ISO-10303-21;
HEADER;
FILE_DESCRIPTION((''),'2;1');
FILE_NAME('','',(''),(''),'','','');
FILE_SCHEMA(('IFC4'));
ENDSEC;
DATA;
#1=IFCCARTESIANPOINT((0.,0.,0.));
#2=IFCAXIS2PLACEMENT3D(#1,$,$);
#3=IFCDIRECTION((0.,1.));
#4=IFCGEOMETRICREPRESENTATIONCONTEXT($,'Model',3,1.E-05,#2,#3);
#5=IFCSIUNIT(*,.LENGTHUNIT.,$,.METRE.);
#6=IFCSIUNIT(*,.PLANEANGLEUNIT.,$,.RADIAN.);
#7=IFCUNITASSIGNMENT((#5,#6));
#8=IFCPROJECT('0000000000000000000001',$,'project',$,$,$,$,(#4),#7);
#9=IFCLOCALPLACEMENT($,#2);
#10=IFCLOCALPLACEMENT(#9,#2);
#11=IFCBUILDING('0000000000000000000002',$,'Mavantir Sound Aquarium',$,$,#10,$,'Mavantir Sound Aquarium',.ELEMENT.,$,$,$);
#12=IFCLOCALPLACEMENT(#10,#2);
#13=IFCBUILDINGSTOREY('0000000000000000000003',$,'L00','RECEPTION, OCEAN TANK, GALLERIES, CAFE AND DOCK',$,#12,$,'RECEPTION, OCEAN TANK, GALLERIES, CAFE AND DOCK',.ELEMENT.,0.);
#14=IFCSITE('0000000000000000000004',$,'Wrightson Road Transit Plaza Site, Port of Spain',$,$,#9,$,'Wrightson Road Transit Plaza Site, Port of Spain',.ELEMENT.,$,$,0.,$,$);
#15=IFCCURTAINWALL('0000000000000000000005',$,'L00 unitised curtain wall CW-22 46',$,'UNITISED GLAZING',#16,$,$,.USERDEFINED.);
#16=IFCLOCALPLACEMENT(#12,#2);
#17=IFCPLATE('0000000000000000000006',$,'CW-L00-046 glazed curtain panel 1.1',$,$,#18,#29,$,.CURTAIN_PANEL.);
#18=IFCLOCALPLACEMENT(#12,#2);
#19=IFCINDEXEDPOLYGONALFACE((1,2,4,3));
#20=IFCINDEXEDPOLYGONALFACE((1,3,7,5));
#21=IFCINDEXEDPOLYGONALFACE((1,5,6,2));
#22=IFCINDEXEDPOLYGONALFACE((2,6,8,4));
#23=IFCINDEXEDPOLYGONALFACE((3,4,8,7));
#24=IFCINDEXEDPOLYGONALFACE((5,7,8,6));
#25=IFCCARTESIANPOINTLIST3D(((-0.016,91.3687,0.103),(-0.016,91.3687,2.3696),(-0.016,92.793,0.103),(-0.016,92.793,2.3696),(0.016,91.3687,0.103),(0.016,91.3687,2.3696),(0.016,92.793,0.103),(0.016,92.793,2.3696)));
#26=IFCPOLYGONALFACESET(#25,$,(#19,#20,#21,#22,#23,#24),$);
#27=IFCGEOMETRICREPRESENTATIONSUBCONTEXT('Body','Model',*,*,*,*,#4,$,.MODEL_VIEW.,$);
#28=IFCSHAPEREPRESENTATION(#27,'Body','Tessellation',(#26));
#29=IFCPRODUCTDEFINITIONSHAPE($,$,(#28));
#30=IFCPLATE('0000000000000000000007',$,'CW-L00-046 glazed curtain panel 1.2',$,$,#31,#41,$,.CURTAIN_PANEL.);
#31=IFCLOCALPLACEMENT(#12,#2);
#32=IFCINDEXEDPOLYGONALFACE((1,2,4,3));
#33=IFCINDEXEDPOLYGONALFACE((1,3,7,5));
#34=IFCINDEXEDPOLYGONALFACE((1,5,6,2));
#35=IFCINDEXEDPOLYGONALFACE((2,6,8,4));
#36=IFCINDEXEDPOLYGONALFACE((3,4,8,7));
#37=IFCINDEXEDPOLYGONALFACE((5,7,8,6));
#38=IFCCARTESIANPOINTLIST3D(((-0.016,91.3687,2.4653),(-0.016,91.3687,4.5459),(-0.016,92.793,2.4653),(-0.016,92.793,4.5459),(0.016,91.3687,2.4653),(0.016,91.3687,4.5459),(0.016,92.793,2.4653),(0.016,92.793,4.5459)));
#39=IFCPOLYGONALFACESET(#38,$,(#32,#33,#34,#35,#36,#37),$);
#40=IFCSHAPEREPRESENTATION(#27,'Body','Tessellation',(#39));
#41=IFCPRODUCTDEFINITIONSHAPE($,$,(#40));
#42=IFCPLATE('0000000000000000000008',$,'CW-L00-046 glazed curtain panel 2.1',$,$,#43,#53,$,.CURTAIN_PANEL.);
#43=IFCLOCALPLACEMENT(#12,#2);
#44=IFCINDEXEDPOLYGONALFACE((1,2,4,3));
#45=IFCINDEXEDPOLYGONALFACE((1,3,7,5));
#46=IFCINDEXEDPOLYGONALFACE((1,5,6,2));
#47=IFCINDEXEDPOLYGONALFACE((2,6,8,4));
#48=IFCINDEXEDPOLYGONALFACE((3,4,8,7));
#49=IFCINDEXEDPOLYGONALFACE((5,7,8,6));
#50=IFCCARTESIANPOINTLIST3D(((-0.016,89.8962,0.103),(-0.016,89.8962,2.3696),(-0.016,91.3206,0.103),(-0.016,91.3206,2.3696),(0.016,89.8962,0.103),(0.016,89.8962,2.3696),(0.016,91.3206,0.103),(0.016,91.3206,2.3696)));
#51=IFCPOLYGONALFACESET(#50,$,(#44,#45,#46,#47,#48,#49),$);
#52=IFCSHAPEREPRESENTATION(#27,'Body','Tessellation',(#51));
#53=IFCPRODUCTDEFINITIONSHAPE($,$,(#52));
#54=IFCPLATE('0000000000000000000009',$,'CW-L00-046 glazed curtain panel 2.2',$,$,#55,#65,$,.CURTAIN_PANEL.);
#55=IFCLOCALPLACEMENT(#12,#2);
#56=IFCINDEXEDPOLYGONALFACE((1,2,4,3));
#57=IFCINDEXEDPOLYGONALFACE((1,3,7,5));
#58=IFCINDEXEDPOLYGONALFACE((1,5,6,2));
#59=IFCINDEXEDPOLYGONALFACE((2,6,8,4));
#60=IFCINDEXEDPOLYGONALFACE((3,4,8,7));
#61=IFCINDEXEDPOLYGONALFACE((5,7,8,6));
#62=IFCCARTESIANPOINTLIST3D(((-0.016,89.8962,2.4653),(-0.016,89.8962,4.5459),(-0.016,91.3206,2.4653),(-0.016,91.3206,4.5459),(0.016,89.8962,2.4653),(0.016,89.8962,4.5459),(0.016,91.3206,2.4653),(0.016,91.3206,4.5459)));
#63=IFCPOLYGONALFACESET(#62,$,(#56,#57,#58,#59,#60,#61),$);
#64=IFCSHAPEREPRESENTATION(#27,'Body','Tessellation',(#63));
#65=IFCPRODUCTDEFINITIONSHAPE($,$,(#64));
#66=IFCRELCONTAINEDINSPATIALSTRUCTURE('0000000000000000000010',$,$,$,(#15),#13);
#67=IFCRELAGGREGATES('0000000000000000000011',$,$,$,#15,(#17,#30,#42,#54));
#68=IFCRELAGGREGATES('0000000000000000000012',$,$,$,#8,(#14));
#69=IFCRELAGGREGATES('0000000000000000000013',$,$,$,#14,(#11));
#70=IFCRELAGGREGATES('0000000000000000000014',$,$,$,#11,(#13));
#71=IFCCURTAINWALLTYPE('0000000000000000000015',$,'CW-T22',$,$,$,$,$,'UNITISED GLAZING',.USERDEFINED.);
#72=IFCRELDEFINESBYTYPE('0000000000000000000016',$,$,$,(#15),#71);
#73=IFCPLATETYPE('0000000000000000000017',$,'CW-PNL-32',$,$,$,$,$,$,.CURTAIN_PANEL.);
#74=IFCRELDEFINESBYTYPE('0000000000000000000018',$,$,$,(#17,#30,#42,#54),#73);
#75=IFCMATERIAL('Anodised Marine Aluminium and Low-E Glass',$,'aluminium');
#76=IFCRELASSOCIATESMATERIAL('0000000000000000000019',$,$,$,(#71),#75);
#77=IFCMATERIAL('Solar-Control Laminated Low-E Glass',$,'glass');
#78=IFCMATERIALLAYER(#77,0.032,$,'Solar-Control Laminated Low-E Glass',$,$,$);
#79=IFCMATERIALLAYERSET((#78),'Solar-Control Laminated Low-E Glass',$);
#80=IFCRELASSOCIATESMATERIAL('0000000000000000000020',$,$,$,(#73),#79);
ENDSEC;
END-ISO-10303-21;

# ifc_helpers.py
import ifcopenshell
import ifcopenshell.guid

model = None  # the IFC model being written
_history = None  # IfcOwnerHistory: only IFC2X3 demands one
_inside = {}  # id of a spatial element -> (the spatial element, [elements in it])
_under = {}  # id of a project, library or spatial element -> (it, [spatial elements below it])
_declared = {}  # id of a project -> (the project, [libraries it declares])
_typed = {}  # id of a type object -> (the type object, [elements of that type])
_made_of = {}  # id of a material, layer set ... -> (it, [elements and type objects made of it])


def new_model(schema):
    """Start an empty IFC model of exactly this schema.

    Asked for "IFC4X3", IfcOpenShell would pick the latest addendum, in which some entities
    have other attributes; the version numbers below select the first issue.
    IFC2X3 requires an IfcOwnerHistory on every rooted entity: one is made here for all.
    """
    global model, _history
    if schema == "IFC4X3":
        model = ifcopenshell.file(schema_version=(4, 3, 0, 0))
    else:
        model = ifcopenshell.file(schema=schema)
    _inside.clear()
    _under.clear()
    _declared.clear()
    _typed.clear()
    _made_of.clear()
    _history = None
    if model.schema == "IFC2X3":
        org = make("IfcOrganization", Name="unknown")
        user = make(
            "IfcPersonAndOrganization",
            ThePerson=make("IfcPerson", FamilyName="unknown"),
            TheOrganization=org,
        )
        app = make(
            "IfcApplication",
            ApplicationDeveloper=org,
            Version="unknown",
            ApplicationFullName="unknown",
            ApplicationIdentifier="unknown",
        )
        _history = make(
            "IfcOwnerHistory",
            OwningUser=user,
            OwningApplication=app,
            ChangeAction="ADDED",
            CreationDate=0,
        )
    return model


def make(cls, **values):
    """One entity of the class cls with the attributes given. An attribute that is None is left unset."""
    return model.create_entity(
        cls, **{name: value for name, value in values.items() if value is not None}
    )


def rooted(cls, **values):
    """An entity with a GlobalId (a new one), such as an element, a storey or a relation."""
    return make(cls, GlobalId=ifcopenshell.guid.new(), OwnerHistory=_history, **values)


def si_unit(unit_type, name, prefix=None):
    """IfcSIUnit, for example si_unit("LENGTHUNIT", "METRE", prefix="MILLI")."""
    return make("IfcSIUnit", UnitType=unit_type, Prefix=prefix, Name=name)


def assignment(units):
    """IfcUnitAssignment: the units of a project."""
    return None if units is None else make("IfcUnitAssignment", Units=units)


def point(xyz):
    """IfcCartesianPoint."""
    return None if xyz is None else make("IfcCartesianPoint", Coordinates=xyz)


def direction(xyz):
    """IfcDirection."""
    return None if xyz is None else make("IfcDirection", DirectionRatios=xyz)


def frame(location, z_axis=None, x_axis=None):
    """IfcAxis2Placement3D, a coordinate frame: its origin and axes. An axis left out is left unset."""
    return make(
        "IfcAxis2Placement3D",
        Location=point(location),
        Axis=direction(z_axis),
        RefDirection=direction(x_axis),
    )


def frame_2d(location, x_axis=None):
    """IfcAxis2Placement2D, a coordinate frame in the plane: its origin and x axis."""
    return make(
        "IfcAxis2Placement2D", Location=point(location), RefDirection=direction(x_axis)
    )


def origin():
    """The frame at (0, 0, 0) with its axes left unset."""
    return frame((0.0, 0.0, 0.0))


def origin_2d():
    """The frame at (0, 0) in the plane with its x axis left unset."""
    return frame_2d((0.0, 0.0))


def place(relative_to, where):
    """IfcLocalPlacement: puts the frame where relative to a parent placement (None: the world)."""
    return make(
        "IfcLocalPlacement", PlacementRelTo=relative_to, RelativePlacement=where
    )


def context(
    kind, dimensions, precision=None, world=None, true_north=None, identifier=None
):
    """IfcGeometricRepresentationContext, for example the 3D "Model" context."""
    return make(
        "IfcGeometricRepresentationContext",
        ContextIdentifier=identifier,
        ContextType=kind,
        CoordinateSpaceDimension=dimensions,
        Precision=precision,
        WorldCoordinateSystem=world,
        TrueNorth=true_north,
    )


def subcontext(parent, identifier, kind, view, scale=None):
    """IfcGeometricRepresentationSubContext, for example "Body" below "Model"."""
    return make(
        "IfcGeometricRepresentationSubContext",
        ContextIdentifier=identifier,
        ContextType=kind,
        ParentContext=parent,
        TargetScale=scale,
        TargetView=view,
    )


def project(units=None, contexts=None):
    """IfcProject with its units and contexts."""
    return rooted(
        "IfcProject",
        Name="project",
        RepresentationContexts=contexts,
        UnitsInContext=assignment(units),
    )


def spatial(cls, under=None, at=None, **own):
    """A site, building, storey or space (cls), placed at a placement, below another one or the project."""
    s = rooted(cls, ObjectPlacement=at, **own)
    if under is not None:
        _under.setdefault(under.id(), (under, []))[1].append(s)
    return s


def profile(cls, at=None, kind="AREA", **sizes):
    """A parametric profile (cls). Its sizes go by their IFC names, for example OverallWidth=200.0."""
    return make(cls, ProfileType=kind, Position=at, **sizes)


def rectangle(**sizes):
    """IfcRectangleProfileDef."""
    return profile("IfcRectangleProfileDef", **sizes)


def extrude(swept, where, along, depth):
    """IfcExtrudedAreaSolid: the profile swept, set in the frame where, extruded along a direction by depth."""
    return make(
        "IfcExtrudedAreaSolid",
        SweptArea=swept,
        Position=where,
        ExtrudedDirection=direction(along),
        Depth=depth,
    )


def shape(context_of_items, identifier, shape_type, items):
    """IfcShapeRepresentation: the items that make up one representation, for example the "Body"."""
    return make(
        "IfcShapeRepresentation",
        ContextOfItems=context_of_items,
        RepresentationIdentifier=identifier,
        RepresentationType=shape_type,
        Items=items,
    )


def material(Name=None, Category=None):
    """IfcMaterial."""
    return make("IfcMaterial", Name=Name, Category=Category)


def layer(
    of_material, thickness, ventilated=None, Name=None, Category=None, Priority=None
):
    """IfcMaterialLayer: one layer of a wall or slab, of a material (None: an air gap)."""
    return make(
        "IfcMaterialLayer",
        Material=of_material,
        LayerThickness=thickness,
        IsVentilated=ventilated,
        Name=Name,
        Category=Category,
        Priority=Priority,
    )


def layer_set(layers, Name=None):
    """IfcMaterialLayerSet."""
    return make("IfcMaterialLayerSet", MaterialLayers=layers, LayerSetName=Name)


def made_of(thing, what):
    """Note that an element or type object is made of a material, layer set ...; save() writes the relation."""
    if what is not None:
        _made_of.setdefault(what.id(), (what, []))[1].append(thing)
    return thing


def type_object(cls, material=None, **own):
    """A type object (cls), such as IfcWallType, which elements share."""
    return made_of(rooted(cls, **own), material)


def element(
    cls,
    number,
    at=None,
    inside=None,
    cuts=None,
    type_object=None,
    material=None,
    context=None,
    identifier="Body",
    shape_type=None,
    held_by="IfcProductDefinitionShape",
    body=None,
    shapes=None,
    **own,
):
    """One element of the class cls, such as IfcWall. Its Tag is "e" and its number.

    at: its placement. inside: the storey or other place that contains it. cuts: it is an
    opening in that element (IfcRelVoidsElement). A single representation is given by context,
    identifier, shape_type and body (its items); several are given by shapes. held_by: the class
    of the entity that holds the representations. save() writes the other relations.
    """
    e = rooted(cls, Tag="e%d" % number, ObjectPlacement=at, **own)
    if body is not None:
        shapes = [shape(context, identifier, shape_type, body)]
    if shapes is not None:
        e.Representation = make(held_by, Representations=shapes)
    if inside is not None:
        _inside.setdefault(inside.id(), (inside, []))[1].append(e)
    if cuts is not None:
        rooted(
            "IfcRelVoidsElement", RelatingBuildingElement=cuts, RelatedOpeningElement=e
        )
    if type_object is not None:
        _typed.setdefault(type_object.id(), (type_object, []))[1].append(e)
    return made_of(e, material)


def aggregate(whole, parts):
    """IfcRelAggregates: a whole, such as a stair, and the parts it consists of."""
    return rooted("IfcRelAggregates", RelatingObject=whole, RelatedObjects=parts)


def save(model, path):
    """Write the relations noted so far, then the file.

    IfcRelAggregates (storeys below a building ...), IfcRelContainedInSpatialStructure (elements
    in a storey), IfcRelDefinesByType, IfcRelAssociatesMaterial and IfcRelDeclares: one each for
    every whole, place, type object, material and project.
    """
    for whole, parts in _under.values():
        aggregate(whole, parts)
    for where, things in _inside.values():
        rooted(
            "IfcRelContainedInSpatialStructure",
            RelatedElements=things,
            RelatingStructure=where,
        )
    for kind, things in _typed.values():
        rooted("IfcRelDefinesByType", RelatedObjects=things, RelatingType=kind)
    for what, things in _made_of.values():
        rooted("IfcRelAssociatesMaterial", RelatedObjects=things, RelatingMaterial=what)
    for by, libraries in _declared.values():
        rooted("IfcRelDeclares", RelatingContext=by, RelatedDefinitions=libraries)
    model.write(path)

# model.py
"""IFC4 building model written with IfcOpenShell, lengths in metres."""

from ifc_helpers import new_model, si_unit, direction, frame, origin, origin_2d, place, context, subcontext, project, spatial, rectangle, extrude, material, layer, layer_set, type_object, element, aggregate, save


model = new_model("IFC4")

# Units and contexts
model_context = context("Model", 3, precision=1e-05, world=origin(), true_north=direction((0.0, 1.0)))
body_context = subcontext(model_context, "Body", "Model", "MODEL_VIEW")
ifc_project = project(units=[si_unit("LENGTHUNIT", "METRE"), si_unit("PLANEANGLEUNIT", "RADIAN")], contexts=[model_context])

# Site, building, storey
site_placement = place(None, origin())
site = spatial("IfcSite", under=ifc_project, at=site_placement, Name="Wrightson Road Transit Plaza Site, Port of Spain", LongName="Wrightson Road Transit Plaza Site, Port of Spain", CompositionType="ELEMENT", RefElevation=0.0)
building_placement = place(site_placement, origin())
building = spatial("IfcBuilding", under=site, at=building_placement, Name="Mavantir Sound Aquarium", LongName="Mavantir Sound Aquarium", CompositionType="ELEMENT")
storey_placement = place(building_placement, origin())
storey = spatial("IfcBuildingStorey", under=building, at=storey_placement, Name="L00", Description="RECEPTION, OCEAN TANK, GALLERIES, CAFE AND DOCK", LongName="RECEPTION, OCEAN TANK, GALLERIES, CAFE AND DOCK", CompositionType="ELEMENT", Elevation=0.0)

# Curtain wall
ifc_material_1 = material(Name="Anodised Marine Aluminium and Low-E Glass", Category="aluminium")
curtain_wall_type_1 = type_object("IfcCurtainWallType", Name="CW-T22", ElementType="UNITISED GLAZING", PredefinedType="USERDEFINED", material=ifc_material_1)
curtain_wall_1_placement = place(storey_placement, origin())
curtain_wall_1 = element("IfcCurtainWall", 1, at=curtain_wall_1_placement, inside=storey, type_object=curtain_wall_type_1, Name="L00 unitised curtain wall CW-22 46", ObjectType="UNITISED GLAZING", PredefinedType="USERDEFINED")

# Plates
ifc_material_2 = material(Name="Solar-Control Laminated Low-E Glass", Category="glass")
ifc_layer_1 = layer(ifc_material_2, 0.032, Name="Solar-Control Laminated Low-E Glass")
ifc_layer_set_1 = layer_set([ifc_layer_1], Name="Solar-Control Laminated Low-E Glass")
plate_type_1 = type_object("IfcPlateType", Name="CW-PNL-32", PredefinedType="CURTAIN_PANEL", material=ifc_layer_set_1)
plate_1_placement = place(storey_placement, frame((0.0, 92.0808, 0.103), z_axis=(0.0, 0.0, 1.0), x_axis=(0.0, -1.0, 0.0)))
plate_1 = element("IfcPlate", 2, at=plate_1_placement, type_object=plate_type_1, Name="CW-L00-046 glazed curtain panel 1.1", PredefinedType="CURTAIN_PANEL", context=body_context, shape_type="SweptSolid", body=[
    extrude(rectangle(XDim=1.4243, YDim=0.032, at=origin_2d()), origin(), (0.0, 0.0, 1.0), 2.2666),
])
plate_2_placement = place(storey_placement, frame((0.0, 92.0808, 2.4653), z_axis=(0.0, 0.0, 1.0), x_axis=(0.0, -1.0, 0.0)))
plate_2 = element("IfcPlate", 3, at=plate_2_placement, type_object=plate_type_1, Name="CW-L00-046 glazed curtain panel 1.2", PredefinedType="CURTAIN_PANEL", context=body_context, shape_type="SweptSolid", body=[
    extrude(rectangle(XDim=1.4243, YDim=0.032, at=origin_2d()), origin(), (0.0, 0.0, 1.0), 2.0806),
])
plate_3_placement = place(storey_placement, frame((0.0, 90.6084, 0.103), z_axis=(0.0, 0.0, 1.0), x_axis=(0.0, -1.0, 0.0)))
plate_3 = element("IfcPlate", 4, at=plate_3_placement, type_object=plate_type_1, Name="CW-L00-046 glazed curtain panel 2.1", PredefinedType="CURTAIN_PANEL", context=body_context, shape_type="SweptSolid", body=[
    extrude(rectangle(XDim=1.4243, YDim=0.032, at=origin_2d()), origin(), (0.0, 0.0, 1.0), 2.2666),
])
plate_4_placement = place(storey_placement, frame((0.0, 90.6084, 2.4653), z_axis=(0.0, 0.0, 1.0), x_axis=(0.0, -1.0, 0.0)))
plate_4 = element("IfcPlate", 5, at=plate_4_placement, type_object=plate_type_1, Name="CW-L00-046 glazed curtain panel 2.2", PredefinedType="CURTAIN_PANEL", context=body_context, shape_type="SweptSolid", body=[
    extrude(rectangle(XDim=1.4243, YDim=0.032, at=origin_2d()), origin(), (0.0, 0.0, 1.0), 2.0806),
])
aggregate(curtain_wall_1, [plate_1, plate_2, plate_3, plate_4])

save(model, "model.ifc")
